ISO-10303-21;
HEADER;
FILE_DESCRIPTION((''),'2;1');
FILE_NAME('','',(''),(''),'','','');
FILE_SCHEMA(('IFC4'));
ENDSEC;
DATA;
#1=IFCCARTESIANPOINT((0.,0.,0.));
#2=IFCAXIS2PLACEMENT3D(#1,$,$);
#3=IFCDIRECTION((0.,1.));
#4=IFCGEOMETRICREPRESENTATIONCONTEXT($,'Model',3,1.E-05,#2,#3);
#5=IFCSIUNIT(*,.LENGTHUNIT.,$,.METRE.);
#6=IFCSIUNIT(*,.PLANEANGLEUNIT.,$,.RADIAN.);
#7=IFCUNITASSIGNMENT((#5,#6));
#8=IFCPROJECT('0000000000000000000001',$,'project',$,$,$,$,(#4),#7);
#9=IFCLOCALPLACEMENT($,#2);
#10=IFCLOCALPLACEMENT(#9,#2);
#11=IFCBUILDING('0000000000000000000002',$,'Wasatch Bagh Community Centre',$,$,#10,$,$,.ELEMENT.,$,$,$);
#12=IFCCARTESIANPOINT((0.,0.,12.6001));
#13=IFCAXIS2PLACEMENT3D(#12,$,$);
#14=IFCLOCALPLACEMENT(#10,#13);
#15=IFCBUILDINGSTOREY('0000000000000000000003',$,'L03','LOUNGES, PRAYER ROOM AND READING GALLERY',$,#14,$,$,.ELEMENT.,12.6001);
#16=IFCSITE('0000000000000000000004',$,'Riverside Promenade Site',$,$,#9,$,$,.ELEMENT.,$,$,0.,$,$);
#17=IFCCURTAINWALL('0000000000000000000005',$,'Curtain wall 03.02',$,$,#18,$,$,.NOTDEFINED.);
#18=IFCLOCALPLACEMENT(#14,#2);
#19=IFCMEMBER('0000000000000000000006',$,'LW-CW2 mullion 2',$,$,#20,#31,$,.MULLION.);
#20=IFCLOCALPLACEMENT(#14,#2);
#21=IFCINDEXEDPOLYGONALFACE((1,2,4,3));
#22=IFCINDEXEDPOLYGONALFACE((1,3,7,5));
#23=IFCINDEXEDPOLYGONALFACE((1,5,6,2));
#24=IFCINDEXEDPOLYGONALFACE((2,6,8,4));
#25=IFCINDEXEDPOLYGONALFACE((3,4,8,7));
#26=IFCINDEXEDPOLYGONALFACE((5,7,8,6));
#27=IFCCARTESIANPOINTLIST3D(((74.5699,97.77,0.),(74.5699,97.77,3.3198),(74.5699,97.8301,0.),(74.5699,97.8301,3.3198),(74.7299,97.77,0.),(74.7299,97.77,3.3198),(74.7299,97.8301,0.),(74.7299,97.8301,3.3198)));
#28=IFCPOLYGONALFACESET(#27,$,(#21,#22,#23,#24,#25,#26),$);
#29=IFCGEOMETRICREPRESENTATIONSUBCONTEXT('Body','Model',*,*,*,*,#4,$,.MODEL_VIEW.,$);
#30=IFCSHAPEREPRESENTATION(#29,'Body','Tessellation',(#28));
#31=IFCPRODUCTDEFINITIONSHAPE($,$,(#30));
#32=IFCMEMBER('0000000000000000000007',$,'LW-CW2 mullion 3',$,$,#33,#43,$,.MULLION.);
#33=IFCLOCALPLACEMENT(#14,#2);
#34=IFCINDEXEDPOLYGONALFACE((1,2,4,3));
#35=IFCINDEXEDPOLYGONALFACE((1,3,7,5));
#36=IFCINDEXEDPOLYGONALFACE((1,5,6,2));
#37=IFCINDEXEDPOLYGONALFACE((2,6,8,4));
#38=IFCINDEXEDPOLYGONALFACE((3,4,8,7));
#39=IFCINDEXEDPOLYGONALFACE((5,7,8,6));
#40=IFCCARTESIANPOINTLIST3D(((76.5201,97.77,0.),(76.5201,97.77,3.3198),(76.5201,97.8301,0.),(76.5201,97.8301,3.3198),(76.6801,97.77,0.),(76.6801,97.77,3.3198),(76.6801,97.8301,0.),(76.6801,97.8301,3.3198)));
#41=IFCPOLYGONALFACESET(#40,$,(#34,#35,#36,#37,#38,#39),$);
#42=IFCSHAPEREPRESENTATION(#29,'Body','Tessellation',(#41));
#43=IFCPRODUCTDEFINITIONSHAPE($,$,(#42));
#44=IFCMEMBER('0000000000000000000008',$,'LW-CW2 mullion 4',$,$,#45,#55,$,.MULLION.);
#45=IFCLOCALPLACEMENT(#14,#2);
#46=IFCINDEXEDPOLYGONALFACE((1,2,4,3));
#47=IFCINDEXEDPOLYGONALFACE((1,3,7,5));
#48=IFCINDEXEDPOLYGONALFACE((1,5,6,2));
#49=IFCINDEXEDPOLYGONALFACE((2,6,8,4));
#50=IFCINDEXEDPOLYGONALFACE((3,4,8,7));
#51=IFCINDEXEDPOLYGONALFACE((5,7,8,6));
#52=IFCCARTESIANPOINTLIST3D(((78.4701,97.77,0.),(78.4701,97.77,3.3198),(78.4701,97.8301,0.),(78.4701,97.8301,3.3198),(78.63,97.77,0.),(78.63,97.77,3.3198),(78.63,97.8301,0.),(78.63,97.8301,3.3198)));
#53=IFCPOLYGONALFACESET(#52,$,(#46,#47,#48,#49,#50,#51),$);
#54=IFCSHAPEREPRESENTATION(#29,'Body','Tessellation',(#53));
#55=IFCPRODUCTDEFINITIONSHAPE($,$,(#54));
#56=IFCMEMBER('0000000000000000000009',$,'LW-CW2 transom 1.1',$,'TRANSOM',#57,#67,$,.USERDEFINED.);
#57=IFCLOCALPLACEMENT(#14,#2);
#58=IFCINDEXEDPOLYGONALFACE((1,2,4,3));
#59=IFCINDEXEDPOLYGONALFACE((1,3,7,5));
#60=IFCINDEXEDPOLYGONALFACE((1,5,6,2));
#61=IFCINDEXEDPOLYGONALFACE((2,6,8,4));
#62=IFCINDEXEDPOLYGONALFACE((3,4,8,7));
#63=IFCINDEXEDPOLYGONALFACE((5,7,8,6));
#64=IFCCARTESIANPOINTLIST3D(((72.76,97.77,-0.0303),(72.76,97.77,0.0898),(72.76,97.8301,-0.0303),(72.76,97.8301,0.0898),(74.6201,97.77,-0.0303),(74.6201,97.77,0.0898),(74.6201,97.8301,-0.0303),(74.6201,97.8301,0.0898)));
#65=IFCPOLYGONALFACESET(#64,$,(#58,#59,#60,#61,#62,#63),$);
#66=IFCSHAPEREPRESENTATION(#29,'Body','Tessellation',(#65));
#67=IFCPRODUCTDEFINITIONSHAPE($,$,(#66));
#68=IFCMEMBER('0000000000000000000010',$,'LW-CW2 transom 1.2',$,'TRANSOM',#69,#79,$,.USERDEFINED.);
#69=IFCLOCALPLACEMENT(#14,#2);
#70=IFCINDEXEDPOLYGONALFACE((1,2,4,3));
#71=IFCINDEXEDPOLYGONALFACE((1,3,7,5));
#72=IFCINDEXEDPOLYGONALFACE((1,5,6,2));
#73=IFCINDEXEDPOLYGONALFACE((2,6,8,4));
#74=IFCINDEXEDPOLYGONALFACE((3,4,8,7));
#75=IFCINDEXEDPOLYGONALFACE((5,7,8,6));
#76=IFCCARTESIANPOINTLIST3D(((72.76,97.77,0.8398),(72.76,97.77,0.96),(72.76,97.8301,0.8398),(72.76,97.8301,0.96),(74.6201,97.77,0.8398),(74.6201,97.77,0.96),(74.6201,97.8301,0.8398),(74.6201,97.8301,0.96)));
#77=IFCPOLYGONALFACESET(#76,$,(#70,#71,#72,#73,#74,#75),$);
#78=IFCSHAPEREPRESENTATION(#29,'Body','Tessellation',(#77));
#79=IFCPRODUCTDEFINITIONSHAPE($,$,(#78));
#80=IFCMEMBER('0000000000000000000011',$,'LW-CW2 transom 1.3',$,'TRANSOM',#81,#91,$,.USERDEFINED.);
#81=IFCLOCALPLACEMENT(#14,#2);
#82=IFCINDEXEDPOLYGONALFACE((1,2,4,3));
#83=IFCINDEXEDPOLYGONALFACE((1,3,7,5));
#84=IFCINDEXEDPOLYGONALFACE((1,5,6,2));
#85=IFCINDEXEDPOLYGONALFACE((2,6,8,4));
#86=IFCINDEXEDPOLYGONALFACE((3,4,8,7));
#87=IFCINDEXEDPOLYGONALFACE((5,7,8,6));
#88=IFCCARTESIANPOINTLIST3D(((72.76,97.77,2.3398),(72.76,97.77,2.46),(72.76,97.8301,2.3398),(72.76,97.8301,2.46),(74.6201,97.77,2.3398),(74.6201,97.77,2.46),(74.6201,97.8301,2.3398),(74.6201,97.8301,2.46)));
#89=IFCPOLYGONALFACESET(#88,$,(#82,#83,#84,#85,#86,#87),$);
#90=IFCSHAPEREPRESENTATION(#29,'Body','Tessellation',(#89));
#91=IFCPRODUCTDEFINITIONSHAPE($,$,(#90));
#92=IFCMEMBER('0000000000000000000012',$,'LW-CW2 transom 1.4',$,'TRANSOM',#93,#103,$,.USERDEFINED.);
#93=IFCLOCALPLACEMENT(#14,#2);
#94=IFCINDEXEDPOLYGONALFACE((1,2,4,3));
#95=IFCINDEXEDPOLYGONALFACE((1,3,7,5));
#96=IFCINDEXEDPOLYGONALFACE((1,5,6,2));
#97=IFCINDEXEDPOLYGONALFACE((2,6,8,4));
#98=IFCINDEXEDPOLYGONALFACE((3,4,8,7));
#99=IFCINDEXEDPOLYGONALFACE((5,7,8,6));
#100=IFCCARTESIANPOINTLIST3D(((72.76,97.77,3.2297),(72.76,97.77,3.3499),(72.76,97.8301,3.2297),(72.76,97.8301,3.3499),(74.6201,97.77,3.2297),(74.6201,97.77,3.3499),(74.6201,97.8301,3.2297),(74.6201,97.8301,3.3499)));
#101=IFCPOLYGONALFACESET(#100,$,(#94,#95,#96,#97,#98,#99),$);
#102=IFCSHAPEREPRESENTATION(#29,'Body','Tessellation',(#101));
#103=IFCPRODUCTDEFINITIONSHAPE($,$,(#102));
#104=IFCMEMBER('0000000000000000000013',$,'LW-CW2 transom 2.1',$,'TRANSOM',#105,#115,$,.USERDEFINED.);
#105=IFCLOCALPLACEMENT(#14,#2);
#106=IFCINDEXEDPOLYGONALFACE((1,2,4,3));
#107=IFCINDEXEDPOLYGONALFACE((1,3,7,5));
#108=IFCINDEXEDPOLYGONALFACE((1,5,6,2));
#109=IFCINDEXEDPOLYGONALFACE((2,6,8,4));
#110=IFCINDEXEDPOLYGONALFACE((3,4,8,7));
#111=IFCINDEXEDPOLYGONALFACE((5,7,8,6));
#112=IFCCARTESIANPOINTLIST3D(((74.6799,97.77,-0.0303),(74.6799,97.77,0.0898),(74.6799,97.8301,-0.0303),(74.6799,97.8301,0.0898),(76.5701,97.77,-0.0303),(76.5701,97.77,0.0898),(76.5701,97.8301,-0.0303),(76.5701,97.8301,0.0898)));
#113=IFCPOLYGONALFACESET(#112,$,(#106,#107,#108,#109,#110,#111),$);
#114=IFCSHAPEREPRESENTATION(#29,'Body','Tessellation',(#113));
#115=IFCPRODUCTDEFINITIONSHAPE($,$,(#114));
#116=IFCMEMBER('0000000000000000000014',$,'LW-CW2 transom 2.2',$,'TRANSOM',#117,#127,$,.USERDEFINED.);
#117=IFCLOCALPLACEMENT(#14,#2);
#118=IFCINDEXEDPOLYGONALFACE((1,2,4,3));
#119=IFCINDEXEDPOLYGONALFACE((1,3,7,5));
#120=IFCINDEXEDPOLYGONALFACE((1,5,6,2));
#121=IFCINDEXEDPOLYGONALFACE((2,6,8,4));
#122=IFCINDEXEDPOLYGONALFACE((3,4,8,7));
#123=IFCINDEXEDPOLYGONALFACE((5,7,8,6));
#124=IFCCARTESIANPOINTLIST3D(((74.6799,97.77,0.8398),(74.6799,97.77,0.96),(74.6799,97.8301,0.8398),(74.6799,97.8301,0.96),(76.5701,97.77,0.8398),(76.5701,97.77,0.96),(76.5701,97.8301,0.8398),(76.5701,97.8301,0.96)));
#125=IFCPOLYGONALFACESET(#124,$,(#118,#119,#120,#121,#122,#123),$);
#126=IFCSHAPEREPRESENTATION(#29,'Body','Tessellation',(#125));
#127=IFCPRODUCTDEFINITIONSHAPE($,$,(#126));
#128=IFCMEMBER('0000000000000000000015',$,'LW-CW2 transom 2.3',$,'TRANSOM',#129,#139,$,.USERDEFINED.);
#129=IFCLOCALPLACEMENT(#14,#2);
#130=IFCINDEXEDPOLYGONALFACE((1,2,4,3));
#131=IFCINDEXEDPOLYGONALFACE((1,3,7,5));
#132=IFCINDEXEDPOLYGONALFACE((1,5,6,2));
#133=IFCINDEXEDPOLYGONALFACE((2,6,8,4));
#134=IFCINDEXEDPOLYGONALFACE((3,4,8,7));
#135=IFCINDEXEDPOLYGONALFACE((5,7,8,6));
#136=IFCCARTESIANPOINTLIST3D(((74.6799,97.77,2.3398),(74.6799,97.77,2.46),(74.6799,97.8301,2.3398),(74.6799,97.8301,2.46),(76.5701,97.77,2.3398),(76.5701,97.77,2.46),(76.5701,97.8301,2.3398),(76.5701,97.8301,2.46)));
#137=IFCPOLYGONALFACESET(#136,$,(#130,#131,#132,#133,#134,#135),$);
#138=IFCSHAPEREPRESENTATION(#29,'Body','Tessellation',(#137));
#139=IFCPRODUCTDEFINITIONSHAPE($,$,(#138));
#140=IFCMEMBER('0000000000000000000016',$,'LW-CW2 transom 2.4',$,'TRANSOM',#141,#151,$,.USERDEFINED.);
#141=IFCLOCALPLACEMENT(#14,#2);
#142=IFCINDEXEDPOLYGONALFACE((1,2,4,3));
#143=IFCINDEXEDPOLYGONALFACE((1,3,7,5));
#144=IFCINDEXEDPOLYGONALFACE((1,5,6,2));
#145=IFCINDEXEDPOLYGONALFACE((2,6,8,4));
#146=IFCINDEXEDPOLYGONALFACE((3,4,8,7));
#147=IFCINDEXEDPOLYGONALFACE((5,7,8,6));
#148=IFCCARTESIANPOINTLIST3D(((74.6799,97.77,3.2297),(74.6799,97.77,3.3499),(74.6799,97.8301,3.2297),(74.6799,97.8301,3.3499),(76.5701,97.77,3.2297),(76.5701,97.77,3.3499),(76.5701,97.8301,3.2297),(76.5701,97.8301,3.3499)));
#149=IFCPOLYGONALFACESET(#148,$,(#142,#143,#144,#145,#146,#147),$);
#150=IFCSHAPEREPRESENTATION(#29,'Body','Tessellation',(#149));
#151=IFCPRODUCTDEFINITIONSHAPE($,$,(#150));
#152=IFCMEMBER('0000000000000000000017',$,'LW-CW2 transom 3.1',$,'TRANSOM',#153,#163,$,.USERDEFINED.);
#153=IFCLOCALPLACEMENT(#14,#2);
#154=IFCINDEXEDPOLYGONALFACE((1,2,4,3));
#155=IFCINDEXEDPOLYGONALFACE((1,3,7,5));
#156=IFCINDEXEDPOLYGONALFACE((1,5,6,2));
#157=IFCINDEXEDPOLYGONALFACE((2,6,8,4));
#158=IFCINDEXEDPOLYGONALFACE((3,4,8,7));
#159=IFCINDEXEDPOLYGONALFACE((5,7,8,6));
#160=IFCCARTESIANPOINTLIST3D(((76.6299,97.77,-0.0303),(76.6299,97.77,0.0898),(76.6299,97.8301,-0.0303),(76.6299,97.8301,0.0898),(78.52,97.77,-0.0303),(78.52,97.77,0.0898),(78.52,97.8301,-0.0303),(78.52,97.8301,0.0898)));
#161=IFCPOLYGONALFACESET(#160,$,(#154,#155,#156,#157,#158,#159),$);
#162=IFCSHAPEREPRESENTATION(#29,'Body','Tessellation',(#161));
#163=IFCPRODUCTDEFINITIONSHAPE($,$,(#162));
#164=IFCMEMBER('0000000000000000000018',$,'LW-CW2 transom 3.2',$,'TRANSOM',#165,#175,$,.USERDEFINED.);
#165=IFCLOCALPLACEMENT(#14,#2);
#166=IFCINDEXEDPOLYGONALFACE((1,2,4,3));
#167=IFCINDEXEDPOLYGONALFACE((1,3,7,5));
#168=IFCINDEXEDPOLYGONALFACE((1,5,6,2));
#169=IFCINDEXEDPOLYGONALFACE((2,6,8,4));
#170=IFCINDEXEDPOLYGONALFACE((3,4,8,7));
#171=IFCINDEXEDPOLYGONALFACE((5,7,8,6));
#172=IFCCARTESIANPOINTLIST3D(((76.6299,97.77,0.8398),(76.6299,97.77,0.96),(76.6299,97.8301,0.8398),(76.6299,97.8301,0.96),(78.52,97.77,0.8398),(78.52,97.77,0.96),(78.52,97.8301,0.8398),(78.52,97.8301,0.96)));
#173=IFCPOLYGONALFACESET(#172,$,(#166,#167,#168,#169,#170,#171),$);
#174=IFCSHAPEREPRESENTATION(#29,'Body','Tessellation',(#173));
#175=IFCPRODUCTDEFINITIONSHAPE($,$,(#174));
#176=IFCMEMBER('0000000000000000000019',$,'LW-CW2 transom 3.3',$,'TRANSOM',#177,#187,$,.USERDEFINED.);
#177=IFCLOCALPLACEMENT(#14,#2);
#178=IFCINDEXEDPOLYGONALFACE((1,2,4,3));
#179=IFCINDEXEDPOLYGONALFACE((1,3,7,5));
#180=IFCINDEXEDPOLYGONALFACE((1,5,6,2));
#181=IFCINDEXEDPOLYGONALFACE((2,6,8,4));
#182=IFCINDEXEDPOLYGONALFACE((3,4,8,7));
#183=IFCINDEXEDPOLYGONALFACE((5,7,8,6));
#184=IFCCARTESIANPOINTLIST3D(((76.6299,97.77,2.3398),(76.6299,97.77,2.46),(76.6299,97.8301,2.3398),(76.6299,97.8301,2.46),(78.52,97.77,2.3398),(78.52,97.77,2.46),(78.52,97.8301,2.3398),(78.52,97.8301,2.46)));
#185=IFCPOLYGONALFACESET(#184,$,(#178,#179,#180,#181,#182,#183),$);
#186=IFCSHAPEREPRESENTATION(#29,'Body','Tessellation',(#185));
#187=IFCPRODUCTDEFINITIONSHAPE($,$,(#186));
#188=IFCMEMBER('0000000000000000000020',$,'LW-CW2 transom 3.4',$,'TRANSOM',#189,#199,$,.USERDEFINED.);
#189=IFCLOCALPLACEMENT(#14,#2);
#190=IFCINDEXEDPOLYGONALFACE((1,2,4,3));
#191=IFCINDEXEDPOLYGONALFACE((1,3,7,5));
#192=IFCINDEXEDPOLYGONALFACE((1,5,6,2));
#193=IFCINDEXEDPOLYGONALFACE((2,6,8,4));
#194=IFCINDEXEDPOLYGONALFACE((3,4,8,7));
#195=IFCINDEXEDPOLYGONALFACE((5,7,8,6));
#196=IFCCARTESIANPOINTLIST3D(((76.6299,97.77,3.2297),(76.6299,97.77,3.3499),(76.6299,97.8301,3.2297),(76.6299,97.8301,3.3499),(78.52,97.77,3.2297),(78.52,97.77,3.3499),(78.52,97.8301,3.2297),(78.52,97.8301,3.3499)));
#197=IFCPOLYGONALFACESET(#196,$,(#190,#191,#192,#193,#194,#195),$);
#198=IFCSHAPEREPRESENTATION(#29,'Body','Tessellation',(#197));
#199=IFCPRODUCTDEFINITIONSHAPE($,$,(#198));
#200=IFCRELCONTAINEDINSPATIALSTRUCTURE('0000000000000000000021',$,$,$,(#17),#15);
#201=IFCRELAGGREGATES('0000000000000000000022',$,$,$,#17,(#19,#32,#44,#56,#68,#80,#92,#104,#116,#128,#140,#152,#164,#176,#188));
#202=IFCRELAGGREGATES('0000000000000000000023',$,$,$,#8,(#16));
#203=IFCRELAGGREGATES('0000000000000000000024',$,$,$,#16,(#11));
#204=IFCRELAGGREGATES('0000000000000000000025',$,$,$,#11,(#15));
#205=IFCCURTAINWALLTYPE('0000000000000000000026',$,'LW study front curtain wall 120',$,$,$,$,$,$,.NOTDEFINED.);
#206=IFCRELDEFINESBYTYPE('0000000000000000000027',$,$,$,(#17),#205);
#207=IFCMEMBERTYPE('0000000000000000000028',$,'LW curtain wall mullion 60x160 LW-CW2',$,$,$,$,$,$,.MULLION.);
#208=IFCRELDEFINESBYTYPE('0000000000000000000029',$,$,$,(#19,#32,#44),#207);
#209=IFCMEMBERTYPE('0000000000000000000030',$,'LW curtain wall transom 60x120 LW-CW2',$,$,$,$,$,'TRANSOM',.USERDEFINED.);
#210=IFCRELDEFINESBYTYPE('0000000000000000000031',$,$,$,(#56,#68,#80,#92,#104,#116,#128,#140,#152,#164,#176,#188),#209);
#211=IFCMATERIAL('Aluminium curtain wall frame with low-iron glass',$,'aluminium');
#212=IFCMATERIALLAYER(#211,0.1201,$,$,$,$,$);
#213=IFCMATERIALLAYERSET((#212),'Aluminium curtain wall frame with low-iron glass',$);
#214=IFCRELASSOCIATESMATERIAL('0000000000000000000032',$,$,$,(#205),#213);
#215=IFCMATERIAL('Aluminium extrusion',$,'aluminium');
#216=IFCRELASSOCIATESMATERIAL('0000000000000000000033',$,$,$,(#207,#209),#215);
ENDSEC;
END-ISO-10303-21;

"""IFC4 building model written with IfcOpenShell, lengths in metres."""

from ifc_helpers import new_model, si_unit, direction, frame, origin, origin_2d, place, context, subcontext, project, spatial, rectangle, extrude, material, layer, layer_set, material_profile, profile_set, type_object, element, aggregate, save


model = new_model("IFC4")

# Units and contexts
model_context = context("Model", 3, precision=1e-05, world=origin(), true_north=direction((0.0, 1.0)))
body_context = subcontext(model_context, "Body", "Model", "MODEL_VIEW")
ifc_project = project(units=[si_unit("LENGTHUNIT", "METRE"), si_unit("PLANEANGLEUNIT", "RADIAN")], contexts=[model_context])

# Site, building, storey
site_placement = place(None, origin())
site = spatial("IfcSite", under=ifc_project, at=site_placement, Name="Riverside Promenade Site", CompositionType="ELEMENT", RefElevation=0.0)
building_placement = place(site_placement, origin())
building = spatial("IfcBuilding", under=site, at=building_placement, Name="Wasatch Bagh Community Centre", CompositionType="ELEMENT")
storey_placement = place(building_placement, frame((0.0, 0.0, 12.6001)))
storey = spatial("IfcBuildingStorey", under=building, at=storey_placement, Name="L03", Description="LOUNGES, PRAYER ROOM AND READING GALLERY", CompositionType="ELEMENT", Elevation=12.6001)

# Curtain wall, members
ifc_material_1 = material(Name="Aluminium curtain wall frame with low-iron glass", Category="aluminium")
ifc_layer_1 = layer(ifc_material_1, 0.1201)
ifc_layer_set_1 = layer_set([ifc_layer_1], Name="Aluminium curtain wall frame with low-iron glass")
curtain_wall_type = type_object("IfcCurtainWallType", Name="LW study front curtain wall 120", PredefinedType="NOTDEFINED", material=ifc_layer_set_1)
curtain_wall_placement = place(storey_placement, origin())
curtain_wall = element("IfcCurtainWall", 1, at=curtain_wall_placement, inside=storey, type_object=curtain_wall_type, Name="Curtain wall 03.02", PredefinedType="NOTDEFINED")
ifc_material_2 = material(Name="Aluminium extrusion", Category="aluminium")
ifc_material_profile_1 = material_profile(ifc_material_2, rectangle(XDim=0.0601, YDim=0.1599, at=origin_2d()), Name="AL 60x160")
ifc_profile_set_1 = profile_set([ifc_material_profile_1], Name="Aluminium extrusion")
member_type_1 = type_object("IfcMemberType", Name="LW curtain wall mullion 60x160 LW-CW2", PredefinedType="MULLION", material=ifc_profile_set_1)
member_1_placement = place(storey_placement, frame((74.6499, 97.8, 0.0), z_axis=(0.0, 0.0, 1.0), x_axis=(0.0, 1.0, 0.0)))
member_1 = element("IfcMember", 2, at=member_1_placement, type_object=member_type_1, Name="LW-CW2 mullion 2", PredefinedType="MULLION", context=body_context, shape_type="SweptSolid", body=[
    extrude(rectangle(XDim=0.0601, YDim=0.1599, at=origin_2d()), origin(), (0.0, 0.0, 1.0), 3.3198),
])
member_2_placement = place(storey_placement, frame((76.6001, 97.8, 0.0), z_axis=(0.0, 0.0, 1.0), x_axis=(0.0, 1.0, 0.0)))
member_2 = element("IfcMember", 3, at=member_2_placement, type_object=member_type_1, Name="LW-CW2 mullion 3", PredefinedType="MULLION", context=body_context, shape_type="SweptSolid", body=[
    extrude(rectangle(XDim=0.0601, YDim=0.1599, at=origin_2d()), origin(), (0.0, 0.0, 1.0), 3.3198),
])
member_3_placement = place(storey_placement, frame((78.55, 97.8, 0.0), z_axis=(0.0, 0.0, 1.0), x_axis=(0.0, 1.0, 0.0)))
member_3 = element("IfcMember", 4, at=member_3_placement, type_object=member_type_1, Name="LW-CW2 mullion 4", PredefinedType="MULLION", context=body_context, shape_type="SweptSolid", body=[
    extrude(rectangle(XDim=0.0601, YDim=0.1599, at=origin_2d()), origin(), (0.0, 0.0, 1.0), 3.3198),
])
ifc_material_profile_2 = material_profile(ifc_material_2, rectangle(XDim=0.0601, YDim=0.1201, at=origin_2d()), Name="AL 60x120")
ifc_profile_set_2 = profile_set([ifc_material_profile_2], Name="Aluminium extrusion")
member_type_2 = type_object("IfcMemberType", Name="LW curtain wall transom 60x120 LW-CW2", ElementType="TRANSOM", PredefinedType="USERDEFINED", material=ifc_profile_set_2)
member_4_placement = place(storey_placement, frame((72.76, 97.8, 0.0298), z_axis=(1.0, 0.0, 0.0), x_axis=(0.0, 1.0, 0.0)))
member_4 = element("IfcMember", 5, at=member_4_placement, type_object=member_type_2, Name="LW-CW2 transom 1.1", ObjectType="TRANSOM", PredefinedType="USERDEFINED", context=body_context, shape_type="SweptSolid", body=[
    extrude(rectangle(XDim=0.0601, YDim=0.1201, at=origin_2d()), origin(), (0.0, 0.0, 1.0), 1.8601),
])
member_5_placement = place(storey_placement, frame((72.76, 97.8, 0.8999), z_axis=(1.0, 0.0, 0.0), x_axis=(0.0, 1.0, 0.0)))
member_5 = element("IfcMember", 6, at=member_5_placement, type_object=member_type_2, Name="LW-CW2 transom 1.2", ObjectType="TRANSOM", PredefinedType="USERDEFINED", context=body_context, shape_type="SweptSolid", body=[
    extrude(rectangle(XDim=0.0601, YDim=0.1201, at=origin_2d()), origin(), (0.0, 0.0, 1.0), 1.8601),
])
member_6_placement = place(storey_placement, frame((72.76, 97.8, 2.3999), z_axis=(1.0, 0.0, 0.0), x_axis=(0.0, 1.0, 0.0)))
member_6 = element("IfcMember", 7, at=member_6_placement, type_object=member_type_2, Name="LW-CW2 transom 1.3", ObjectType="TRANSOM", PredefinedType="USERDEFINED", context=body_context, shape_type="SweptSolid", body=[
    extrude(rectangle(XDim=0.0601, YDim=0.1201, at=origin_2d()), origin(), (0.0, 0.0, 1.0), 1.8601),
])
member_7_placement = place(storey_placement, frame((72.76, 97.8, 3.2898), z_axis=(1.0, 0.0, 0.0), x_axis=(0.0, 1.0, 0.0)))
member_7 = element("IfcMember", 8, at=member_7_placement, type_object=member_type_2, Name="LW-CW2 transom 1.4", ObjectType="TRANSOM", PredefinedType="USERDEFINED", context=body_context, shape_type="SweptSolid", body=[
    extrude(rectangle(XDim=0.0601, YDim=0.1201, at=origin_2d()), origin(), (0.0, 0.0, 1.0), 1.8601),
])
member_8_placement = place(storey_placement, frame((74.6799, 97.8, 0.0298), z_axis=(1.0, 0.0, 0.0), x_axis=(0.0, 1.0, 0.0)))
member_8 = element("IfcMember", 9, at=member_8_placement, type_object=member_type_2, Name="LW-CW2 transom 2.1", ObjectType="TRANSOM", PredefinedType="USERDEFINED", context=body_context, shape_type="SweptSolid", body=[
    extrude(rectangle(XDim=0.0601, YDim=0.1201, at=origin_2d()), origin(), (0.0, 0.0, 1.0), 1.8901),
])
member_9_placement = place(storey_placement, frame((74.6799, 97.8, 0.8999), z_axis=(1.0, 0.0, 0.0), x_axis=(0.0, 1.0, 0.0)))
member_9 = element("IfcMember", 10, at=member_9_placement, type_object=member_type_2, Name="LW-CW2 transom 2.2", ObjectType="TRANSOM", PredefinedType="USERDEFINED", context=body_context, shape_type="SweptSolid", body=[
    extrude(rectangle(XDim=0.0601, YDim=0.1201, at=origin_2d()), origin(), (0.0, 0.0, 1.0), 1.8901),
])
member_10_placement = place(storey_placement, frame((74.6799, 97.8, 2.3999), z_axis=(1.0, 0.0, 0.0), x_axis=(0.0, 1.0, 0.0)))
member_10 = element("IfcMember", 11, at=member_10_placement, type_object=member_type_2, Name="LW-CW2 transom 2.3", ObjectType="TRANSOM", PredefinedType="USERDEFINED", context=body_context, shape_type="SweptSolid", body=[
    extrude(rectangle(XDim=0.0601, YDim=0.1201, at=origin_2d()), origin(), (0.0, 0.0, 1.0), 1.8901),
])
member_11_placement = place(storey_placement, frame((74.6799, 97.8, 3.2898), z_axis=(1.0, 0.0, 0.0), x_axis=(0.0, 1.0, 0.0)))
member_11 = element("IfcMember", 12, at=member_11_placement, type_object=member_type_2, Name="LW-CW2 transom 2.4", ObjectType="TRANSOM", PredefinedType="USERDEFINED", context=body_context, shape_type="SweptSolid", body=[
    extrude(rectangle(XDim=0.0601, YDim=0.1201, at=origin_2d()), origin(), (0.0, 0.0, 1.0), 1.8901),
])
member_12_placement = place(storey_placement, frame((76.6299, 97.8, 0.0298), z_axis=(1.0, 0.0, 0.0), x_axis=(0.0, 1.0, 0.0)))
member_12 = element("IfcMember", 13, at=member_12_placement, type_object=member_type_2, Name="LW-CW2 transom 3.1", ObjectType="TRANSOM", PredefinedType="USERDEFINED", context=body_context, shape_type="SweptSolid", body=[
    extrude(rectangle(XDim=0.0601, YDim=0.1201, at=origin_2d()), origin(), (0.0, 0.0, 1.0), 1.8901),
])
member_13_placement = place(storey_placement, frame((76.6299, 97.8, 0.8999), z_axis=(1.0, 0.0, 0.0), x_axis=(0.0, 1.0, 0.0)))
member_13 = element("IfcMember", 14, at=member_13_placement, type_object=member_type_2, Name="LW-CW2 transom 3.2", ObjectType="TRANSOM", PredefinedType="USERDEFINED", context=body_context, shape_type="SweptSolid", body=[
    extrude(rectangle(XDim=0.0601, YDim=0.1201, at=origin_2d()), origin(), (0.0, 0.0, 1.0), 1.8901),
])
member_14_placement = place(storey_placement, frame((76.6299, 97.8, 2.3999), z_axis=(1.0, 0.0, 0.0), x_axis=(0.0, 1.0, 0.0)))
member_14 = element("IfcMember", 15, at=member_14_placement, type_object=member_type_2, Name="LW-CW2 transom 3.3", ObjectType="TRANSOM", PredefinedType="USERDEFINED", context=body_context, shape_type="SweptSolid", body=[
    extrude(rectangle(XDim=0.0601, YDim=0.1201, at=origin_2d()), origin(), (0.0, 0.0, 1.0), 1.8901),
])
member_15_placement = place(storey_placement, frame((76.6299, 97.8, 3.2898), z_axis=(1.0, 0.0, 0.0), x_axis=(0.0, 1.0, 0.0)))
member_15 = element("IfcMember", 16, at=member_15_placement, type_object=member_type_2, Name="LW-CW2 transom 3.4", ObjectType="TRANSOM", PredefinedType="USERDEFINED", context=body_context, shape_type="SweptSolid", body=[
    extrude(rectangle(XDim=0.0601, YDim=0.1201, at=origin_2d()), origin(), (0.0, 0.0, 1.0), 1.8901),
])
aggregate(curtain_wall, [member_1, member_2, member_3, member_4, member_5, member_6, member_7, member_8, member_9, member_10, member_11, member_12, member_13, member_14, member_15])

save(model, "model.ifc")
